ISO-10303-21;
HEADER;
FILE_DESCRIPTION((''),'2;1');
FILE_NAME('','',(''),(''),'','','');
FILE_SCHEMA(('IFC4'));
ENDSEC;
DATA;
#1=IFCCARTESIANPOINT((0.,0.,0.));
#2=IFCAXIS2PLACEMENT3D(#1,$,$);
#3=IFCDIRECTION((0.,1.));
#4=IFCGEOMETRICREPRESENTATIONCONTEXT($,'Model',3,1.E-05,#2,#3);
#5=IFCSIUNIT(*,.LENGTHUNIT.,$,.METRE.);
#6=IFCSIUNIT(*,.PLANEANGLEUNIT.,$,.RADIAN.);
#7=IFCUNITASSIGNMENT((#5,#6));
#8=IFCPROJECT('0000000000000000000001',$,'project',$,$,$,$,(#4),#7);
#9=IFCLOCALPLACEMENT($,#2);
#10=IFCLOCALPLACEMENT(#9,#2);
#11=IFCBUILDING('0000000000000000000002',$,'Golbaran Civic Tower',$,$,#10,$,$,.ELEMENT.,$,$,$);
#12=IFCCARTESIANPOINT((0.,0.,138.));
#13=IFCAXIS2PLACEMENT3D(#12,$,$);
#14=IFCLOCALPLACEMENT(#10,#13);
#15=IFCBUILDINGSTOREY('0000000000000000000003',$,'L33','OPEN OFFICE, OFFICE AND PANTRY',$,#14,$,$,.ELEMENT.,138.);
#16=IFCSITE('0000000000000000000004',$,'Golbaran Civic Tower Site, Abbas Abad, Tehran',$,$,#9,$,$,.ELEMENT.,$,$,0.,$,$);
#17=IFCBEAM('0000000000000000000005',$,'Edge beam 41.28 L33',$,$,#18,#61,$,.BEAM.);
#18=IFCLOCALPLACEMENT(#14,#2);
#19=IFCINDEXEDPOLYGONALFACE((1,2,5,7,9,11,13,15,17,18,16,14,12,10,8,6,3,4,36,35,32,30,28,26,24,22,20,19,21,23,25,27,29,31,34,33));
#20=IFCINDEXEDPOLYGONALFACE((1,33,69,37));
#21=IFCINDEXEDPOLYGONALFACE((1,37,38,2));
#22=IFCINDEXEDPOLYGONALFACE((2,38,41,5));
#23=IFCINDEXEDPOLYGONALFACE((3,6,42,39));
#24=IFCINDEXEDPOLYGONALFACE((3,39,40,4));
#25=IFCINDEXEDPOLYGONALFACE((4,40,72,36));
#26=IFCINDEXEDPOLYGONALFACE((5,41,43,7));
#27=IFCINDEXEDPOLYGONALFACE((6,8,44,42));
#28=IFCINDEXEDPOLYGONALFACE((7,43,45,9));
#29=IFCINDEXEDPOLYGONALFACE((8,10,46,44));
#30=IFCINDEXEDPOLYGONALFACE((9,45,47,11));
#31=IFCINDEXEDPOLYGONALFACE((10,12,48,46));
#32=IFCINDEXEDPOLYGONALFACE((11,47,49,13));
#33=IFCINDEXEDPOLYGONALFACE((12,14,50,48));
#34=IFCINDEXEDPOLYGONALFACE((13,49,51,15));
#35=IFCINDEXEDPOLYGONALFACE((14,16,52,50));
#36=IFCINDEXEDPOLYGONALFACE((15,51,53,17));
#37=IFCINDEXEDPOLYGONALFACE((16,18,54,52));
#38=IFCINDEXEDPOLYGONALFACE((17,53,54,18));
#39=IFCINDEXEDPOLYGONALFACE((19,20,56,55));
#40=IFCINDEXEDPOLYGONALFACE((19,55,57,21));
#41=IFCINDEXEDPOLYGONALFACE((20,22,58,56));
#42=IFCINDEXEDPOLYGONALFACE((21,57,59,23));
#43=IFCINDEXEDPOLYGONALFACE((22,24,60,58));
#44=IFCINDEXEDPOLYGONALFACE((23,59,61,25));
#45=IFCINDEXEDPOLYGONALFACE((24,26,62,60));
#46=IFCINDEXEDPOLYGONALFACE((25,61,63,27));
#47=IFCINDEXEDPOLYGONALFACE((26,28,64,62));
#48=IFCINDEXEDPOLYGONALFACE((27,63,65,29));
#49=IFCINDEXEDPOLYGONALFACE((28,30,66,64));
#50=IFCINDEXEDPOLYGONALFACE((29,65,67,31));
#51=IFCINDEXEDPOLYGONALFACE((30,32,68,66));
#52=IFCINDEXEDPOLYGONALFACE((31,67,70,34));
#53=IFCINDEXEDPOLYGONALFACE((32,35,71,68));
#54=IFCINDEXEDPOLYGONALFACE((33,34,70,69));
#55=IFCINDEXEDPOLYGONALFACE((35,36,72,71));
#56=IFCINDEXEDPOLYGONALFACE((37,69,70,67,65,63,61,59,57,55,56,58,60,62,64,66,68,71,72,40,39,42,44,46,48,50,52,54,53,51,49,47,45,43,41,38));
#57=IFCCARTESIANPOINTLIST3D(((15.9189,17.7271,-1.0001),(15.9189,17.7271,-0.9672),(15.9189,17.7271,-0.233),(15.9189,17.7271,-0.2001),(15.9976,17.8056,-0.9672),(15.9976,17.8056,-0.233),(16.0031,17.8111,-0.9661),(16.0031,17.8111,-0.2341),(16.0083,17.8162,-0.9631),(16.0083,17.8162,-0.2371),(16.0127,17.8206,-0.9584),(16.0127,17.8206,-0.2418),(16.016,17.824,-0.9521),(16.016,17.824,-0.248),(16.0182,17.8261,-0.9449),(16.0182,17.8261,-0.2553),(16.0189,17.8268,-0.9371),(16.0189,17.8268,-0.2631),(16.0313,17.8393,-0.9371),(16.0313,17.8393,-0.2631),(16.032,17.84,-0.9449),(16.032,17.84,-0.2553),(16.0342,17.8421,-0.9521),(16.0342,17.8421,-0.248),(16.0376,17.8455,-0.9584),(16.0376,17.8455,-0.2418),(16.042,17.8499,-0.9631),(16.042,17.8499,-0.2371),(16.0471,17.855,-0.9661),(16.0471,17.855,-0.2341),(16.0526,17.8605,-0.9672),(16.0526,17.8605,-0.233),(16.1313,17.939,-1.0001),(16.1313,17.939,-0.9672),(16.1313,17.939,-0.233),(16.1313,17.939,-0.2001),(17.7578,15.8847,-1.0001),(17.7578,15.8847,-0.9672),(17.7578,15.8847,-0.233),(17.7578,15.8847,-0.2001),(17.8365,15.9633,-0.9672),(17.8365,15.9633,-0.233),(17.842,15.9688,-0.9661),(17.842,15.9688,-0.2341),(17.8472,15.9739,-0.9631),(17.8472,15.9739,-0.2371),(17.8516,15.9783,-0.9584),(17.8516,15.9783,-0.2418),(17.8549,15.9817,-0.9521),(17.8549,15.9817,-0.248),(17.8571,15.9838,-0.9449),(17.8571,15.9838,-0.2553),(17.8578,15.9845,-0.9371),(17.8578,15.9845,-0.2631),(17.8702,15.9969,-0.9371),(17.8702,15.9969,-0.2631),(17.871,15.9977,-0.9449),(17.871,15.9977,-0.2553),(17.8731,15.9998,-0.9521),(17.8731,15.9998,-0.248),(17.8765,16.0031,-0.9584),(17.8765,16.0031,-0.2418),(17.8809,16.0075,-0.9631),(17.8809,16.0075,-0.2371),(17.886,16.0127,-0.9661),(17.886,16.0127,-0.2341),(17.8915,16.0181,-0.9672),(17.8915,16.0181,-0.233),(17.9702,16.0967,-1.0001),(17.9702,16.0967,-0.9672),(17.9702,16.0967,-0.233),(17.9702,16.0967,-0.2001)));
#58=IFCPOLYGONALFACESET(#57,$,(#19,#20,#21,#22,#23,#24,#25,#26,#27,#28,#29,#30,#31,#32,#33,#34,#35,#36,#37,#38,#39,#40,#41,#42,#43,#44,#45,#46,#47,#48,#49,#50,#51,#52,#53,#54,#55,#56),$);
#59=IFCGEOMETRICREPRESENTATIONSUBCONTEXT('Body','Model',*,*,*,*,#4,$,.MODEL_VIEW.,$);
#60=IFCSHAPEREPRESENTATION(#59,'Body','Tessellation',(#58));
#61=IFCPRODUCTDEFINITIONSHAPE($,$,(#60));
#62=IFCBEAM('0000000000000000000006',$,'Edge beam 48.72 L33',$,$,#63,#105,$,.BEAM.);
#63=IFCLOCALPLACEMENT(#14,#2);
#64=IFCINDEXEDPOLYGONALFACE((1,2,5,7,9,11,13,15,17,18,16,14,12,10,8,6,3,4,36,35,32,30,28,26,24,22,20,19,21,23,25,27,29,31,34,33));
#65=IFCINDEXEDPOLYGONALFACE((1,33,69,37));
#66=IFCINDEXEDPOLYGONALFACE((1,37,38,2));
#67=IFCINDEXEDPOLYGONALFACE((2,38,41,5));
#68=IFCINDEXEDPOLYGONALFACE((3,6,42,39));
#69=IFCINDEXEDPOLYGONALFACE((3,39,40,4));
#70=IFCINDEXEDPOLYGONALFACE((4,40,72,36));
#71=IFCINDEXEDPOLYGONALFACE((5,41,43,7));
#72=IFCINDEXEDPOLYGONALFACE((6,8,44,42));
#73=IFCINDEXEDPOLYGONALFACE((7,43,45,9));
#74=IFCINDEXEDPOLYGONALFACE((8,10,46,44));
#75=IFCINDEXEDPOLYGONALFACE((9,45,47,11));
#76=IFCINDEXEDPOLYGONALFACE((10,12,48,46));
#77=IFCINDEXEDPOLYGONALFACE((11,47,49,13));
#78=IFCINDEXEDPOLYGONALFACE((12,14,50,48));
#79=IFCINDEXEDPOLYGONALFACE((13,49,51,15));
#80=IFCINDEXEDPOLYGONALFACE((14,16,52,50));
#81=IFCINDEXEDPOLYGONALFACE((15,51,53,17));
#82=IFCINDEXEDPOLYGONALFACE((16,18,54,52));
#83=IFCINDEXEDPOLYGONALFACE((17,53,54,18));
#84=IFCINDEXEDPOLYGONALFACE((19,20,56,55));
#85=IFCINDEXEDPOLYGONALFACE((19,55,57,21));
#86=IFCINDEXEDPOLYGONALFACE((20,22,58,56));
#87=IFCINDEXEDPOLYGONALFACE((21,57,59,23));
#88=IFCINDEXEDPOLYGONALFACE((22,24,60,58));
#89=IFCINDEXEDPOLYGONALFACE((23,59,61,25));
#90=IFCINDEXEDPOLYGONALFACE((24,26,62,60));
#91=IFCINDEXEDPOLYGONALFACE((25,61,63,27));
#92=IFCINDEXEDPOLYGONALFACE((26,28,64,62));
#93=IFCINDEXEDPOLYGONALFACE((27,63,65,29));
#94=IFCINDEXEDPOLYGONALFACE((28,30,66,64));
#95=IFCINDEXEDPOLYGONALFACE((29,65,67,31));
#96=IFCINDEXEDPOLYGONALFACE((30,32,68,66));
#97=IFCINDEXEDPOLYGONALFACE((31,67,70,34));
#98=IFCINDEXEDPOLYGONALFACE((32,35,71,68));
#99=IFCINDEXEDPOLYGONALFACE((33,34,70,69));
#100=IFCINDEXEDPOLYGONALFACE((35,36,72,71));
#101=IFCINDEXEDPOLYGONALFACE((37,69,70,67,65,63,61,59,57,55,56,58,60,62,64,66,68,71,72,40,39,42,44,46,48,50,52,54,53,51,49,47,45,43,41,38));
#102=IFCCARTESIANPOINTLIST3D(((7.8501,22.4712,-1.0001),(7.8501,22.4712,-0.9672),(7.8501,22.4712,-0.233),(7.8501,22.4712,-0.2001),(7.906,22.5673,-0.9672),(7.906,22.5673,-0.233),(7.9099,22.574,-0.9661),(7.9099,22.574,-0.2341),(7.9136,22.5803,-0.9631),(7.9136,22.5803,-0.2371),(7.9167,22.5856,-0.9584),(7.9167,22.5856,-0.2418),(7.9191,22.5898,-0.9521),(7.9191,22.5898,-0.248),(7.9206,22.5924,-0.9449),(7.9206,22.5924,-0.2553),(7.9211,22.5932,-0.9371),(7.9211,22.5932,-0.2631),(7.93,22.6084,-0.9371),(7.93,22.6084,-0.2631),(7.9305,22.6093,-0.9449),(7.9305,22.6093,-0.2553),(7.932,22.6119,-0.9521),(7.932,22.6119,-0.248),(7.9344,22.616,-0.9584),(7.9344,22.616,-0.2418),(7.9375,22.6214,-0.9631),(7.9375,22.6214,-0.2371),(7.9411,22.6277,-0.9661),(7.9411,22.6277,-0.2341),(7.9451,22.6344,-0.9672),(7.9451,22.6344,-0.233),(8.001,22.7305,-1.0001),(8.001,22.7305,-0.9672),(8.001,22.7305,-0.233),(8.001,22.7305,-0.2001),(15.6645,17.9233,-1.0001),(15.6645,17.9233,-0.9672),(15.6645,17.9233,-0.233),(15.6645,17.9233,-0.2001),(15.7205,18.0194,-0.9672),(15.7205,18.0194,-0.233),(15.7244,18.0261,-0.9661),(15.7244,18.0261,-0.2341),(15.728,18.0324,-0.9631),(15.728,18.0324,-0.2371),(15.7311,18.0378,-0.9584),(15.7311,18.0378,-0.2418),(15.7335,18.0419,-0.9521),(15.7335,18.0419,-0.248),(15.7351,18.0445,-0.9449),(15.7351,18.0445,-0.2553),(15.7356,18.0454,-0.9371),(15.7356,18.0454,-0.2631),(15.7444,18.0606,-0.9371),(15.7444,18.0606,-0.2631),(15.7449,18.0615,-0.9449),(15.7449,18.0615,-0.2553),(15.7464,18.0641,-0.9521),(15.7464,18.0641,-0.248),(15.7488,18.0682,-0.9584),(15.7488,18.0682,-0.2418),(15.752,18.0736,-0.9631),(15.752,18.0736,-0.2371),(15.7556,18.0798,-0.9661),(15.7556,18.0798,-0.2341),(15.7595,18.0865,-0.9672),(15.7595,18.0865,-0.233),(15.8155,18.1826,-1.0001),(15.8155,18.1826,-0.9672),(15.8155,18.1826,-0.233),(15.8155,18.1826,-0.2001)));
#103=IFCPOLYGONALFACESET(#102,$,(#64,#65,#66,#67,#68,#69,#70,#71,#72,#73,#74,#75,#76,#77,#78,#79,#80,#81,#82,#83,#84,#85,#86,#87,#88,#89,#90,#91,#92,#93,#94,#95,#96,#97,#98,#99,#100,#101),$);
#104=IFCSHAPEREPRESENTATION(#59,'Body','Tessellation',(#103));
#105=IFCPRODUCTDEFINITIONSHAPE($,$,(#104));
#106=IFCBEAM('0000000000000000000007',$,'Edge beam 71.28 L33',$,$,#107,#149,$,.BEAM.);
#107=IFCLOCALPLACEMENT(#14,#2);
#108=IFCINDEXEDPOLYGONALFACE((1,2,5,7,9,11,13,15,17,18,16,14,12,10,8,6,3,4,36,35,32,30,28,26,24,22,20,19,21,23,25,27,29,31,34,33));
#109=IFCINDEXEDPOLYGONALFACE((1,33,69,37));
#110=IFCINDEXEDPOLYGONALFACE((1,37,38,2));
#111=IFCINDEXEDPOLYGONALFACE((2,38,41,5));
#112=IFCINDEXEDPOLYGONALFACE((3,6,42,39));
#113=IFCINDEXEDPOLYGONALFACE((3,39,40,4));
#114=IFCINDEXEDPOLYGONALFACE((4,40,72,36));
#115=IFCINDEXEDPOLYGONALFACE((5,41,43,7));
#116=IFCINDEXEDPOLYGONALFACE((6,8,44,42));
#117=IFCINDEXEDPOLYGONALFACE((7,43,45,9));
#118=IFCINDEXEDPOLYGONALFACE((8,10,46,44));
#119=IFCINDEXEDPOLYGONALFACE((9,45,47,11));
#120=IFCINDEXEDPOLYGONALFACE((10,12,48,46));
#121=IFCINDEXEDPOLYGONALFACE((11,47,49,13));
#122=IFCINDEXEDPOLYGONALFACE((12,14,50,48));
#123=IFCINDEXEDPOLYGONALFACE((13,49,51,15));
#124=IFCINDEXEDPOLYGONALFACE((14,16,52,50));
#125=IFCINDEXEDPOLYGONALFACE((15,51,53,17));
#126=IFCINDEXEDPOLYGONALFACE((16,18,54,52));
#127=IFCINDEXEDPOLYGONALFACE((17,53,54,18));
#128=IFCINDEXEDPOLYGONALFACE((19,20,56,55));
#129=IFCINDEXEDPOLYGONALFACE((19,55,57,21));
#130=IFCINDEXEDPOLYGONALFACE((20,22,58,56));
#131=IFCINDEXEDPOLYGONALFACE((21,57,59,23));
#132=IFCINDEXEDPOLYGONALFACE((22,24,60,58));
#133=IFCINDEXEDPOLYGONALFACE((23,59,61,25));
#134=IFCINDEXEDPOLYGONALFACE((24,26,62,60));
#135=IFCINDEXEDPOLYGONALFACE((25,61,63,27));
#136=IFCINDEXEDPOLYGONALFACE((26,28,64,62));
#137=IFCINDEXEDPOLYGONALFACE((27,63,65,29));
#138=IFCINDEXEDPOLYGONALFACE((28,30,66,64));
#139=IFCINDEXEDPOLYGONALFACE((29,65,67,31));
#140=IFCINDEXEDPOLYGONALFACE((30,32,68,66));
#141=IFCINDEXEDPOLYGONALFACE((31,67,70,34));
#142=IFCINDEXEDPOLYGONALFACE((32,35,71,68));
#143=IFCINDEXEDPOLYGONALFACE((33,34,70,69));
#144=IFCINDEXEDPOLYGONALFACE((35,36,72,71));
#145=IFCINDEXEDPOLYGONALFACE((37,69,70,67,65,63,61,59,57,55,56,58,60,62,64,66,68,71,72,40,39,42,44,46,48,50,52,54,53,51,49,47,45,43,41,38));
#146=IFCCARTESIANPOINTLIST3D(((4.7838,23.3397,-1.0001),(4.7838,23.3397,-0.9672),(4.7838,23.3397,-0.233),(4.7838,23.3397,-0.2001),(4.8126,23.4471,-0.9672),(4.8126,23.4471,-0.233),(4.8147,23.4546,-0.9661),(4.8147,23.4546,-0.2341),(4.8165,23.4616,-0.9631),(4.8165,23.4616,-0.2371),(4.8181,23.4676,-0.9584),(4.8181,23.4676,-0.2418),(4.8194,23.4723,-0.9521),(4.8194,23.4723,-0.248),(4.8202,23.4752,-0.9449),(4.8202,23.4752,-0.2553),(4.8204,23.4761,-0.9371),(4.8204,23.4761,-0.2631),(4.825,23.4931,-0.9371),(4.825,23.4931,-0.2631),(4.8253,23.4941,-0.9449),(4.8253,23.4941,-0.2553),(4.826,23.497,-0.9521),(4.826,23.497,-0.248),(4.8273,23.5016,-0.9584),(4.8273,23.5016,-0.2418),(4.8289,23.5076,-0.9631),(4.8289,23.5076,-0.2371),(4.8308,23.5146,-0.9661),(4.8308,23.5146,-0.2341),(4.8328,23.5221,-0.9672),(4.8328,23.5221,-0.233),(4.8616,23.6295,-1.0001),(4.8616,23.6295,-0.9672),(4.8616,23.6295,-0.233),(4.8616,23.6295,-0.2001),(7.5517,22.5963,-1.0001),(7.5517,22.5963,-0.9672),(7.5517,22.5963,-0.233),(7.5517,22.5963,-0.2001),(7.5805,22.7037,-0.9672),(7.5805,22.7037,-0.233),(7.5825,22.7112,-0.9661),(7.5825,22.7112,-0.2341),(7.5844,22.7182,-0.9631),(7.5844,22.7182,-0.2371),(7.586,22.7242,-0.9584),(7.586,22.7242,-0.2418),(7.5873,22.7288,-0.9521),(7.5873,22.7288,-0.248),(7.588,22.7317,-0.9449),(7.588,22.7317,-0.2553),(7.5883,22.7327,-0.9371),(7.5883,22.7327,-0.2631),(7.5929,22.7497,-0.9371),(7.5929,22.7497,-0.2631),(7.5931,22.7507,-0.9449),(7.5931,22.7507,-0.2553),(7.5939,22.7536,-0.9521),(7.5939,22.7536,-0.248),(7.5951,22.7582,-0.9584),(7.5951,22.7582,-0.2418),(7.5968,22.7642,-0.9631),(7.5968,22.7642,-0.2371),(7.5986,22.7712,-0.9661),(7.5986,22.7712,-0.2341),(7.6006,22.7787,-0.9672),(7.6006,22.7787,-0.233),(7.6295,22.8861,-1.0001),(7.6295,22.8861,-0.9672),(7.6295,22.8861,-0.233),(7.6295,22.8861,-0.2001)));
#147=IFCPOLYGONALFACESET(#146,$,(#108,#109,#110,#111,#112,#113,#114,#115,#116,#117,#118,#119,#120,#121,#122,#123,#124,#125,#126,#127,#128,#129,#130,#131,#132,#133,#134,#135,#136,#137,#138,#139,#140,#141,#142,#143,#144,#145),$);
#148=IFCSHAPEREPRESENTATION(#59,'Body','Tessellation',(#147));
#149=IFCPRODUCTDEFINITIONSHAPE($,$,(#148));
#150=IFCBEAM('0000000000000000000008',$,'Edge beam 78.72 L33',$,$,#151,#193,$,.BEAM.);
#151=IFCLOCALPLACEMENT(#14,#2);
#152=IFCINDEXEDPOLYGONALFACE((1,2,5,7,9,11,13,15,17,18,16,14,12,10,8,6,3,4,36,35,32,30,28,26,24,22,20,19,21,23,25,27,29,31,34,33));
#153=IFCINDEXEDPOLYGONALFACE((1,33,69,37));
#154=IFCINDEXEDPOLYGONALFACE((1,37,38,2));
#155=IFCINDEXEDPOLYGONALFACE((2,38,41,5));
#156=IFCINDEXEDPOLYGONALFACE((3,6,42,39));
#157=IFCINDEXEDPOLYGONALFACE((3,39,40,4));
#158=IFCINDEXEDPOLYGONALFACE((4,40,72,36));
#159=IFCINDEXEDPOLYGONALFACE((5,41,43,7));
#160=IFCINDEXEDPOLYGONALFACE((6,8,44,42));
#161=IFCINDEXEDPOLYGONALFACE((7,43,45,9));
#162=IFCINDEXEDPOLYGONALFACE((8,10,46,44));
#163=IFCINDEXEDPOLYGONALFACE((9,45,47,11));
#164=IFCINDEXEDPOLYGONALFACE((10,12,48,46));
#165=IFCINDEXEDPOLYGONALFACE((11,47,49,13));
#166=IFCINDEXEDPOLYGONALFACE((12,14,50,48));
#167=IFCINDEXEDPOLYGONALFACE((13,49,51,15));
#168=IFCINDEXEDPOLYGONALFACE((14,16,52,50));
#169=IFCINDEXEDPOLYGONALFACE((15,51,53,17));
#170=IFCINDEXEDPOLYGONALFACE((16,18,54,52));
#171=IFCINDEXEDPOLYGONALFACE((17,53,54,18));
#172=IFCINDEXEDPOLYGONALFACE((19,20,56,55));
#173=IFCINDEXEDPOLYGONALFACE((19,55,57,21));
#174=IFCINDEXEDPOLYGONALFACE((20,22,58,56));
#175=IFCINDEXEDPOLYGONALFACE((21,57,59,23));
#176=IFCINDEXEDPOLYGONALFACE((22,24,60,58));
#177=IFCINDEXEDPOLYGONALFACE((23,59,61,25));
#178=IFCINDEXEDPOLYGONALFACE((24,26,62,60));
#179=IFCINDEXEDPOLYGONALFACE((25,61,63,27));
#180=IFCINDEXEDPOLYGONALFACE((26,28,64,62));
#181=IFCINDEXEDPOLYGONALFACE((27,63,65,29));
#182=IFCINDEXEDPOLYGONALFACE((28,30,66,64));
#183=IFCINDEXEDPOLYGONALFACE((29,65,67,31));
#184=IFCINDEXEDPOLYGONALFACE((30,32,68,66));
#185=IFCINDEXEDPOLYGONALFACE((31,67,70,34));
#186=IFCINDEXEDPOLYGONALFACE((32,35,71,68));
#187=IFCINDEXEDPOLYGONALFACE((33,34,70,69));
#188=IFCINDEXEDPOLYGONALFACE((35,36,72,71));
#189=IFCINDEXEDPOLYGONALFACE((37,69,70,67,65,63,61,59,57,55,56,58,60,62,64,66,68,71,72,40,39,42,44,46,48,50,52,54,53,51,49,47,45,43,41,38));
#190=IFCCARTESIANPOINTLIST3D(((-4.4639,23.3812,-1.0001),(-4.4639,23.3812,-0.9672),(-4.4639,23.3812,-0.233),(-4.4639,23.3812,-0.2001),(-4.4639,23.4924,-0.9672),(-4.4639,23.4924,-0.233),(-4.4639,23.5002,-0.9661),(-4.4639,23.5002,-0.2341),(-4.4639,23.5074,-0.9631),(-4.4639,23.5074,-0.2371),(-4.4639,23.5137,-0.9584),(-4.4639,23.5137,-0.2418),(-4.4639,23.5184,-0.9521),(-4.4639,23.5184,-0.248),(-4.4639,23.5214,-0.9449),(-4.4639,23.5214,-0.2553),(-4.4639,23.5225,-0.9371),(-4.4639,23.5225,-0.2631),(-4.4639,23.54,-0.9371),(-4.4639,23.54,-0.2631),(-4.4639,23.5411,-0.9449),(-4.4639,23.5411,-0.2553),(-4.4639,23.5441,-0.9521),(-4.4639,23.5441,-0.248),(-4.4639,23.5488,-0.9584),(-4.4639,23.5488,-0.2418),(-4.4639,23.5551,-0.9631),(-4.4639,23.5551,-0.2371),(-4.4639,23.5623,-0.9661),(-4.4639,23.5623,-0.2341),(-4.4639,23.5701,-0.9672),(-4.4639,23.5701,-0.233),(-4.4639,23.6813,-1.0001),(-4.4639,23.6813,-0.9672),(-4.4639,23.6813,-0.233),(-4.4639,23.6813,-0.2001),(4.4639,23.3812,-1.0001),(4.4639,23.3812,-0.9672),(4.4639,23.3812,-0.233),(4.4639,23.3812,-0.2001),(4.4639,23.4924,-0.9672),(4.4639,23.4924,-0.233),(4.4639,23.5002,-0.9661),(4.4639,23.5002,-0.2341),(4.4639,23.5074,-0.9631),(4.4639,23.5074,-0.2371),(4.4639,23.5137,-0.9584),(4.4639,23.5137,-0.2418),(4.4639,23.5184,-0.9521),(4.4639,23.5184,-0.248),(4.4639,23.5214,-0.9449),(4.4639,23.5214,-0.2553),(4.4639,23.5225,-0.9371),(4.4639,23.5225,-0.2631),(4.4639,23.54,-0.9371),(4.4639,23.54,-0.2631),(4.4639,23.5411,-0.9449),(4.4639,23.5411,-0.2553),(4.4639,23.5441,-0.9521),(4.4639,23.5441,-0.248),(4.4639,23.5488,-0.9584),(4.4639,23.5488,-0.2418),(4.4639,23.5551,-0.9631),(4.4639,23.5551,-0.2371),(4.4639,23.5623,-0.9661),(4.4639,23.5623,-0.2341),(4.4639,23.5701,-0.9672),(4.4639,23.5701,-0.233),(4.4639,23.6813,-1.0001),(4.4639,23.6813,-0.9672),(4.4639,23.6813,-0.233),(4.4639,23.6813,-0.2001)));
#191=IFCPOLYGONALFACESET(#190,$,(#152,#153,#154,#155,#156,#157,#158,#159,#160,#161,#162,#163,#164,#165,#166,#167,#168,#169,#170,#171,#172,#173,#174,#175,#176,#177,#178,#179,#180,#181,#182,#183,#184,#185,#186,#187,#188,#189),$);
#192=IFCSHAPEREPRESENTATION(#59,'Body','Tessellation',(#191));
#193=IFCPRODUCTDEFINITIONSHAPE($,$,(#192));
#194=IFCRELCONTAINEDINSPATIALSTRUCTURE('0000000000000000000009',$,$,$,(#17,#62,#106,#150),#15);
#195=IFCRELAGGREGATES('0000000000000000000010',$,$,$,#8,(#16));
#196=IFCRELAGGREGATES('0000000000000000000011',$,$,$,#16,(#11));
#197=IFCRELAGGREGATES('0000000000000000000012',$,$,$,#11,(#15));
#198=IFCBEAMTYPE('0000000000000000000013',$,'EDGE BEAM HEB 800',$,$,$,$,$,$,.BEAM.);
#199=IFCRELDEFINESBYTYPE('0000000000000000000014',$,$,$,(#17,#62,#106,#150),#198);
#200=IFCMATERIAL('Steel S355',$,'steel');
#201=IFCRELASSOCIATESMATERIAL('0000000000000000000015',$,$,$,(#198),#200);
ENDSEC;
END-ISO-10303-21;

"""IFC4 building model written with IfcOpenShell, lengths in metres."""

from ifc_helpers import new_model, si_unit, direction, frame, origin, origin_2d, place, context, subcontext, project, spatial, i_section, extrude, material, material_profile, profile_set, type_object, element, save


model = new_model("IFC4")

# Units and contexts
model_context = context("Model", 3, precision=1e-05, world=origin(), true_north=direction((0.0, 1.0)))
body_context = subcontext(model_context, "Body", "Model", "MODEL_VIEW")
ifc_project = project(units=[si_unit("LENGTHUNIT", "METRE"), si_unit("PLANEANGLEUNIT", "RADIAN")], contexts=[model_context])

# Site, building, storey
site_placement = place(None, origin())
site = spatial("IfcSite", under=ifc_project, at=site_placement, Name="Golbaran Civic Tower Site, Abbas Abad, Tehran", CompositionType="ELEMENT", RefElevation=0.0)
building_placement = place(site_placement, origin())
building = spatial("IfcBuilding", under=site, at=building_placement, Name="Golbaran Civic Tower", CompositionType="ELEMENT")
storey_placement = place(building_placement, frame((0.0, 0.0, 138.0)))
storey = spatial("IfcBuildingStorey", under=building, at=storey_placement, Name="L33", Description="OPEN OFFICE, OFFICE AND PANTRY", CompositionType="ELEMENT", Elevation=138.0)

# Beams
ifc_material_1 = material(Name="Steel S355", Category="steel")
ifc_material_profile_1 = material_profile(ifc_material_1, i_section(OverallWidth=0.3, OverallDepth=0.8, WebThickness=0.0176, FlangeThickness=0.033, FilletRadius=0.03, at=origin_2d()), Name="HEB 800")
ifc_profile_set_1 = profile_set([ifc_material_profile_1], Name="Steel S355")
beam_type_1 = type_object("IfcBeamType", Name="EDGE BEAM HEB 800", PredefinedType="BEAM", material=ifc_profile_set_1)
beam_1_placement = place(storey_placement, frame((17.864, 15.9907, -0.6001), z_axis=(-0.70645, 0.707763, 0.0), x_axis=(-0.707763, -0.70645, 0.0)))
element("IfcBeam", 1, at=beam_1_placement, inside=storey, type_object=beam_type_1, Name="Edge beam 41.28 L33", PredefinedType="BEAM", context=body_context, shape_type="SweptSolid", body=[
    extrude(i_section(OverallWidth=0.3, OverallDepth=0.8, WebThickness=0.0176, FlangeThickness=0.033, FilletRadius=0.03, at=origin_2d()), origin(), (0.0, 0.0, 1.0), 2.603),
])
beam_2_placement = place(storey_placement, frame((15.74, 18.053, -0.6001), z_axis=(-0.864288, 0.502998, 0.0), x_axis=(-0.502998, -0.864288, 0.0)))
element("IfcBeam", 2, at=beam_2_placement, inside=storey, type_object=beam_type_1, Name="Edge beam 48.72 L33", PredefinedType="BEAM", context=body_context, shape_type="SweptSolid", body=[
    extrude(i_section(OverallWidth=0.3, OverallDepth=0.8, WebThickness=0.0176, FlangeThickness=0.033, FilletRadius=0.03, at=origin_2d()), origin(), (0.0, 0.0, 1.0), 9.0415),
])
beam_3_placement = place(storey_placement, frame((7.5906, 22.7412, -0.6001), z_axis=(-0.965771, 0.259396, 0.0), x_axis=(-0.259396, -0.965771, 0.0)))
element("IfcBeam", 3, at=beam_3_placement, inside=storey, type_object=beam_type_1, Name="Edge beam 71.28 L33", PredefinedType="BEAM", context=body_context, shape_type="SweptSolid", body=[
    extrude(i_section(OverallWidth=0.3, OverallDepth=0.8, WebThickness=0.0176, FlangeThickness=0.033, FilletRadius=0.03, at=origin_2d()), origin(), (0.0, 0.0, 1.0), 2.866),
])
beam_4_placement = place(storey_placement, frame((4.4639, 23.5312, -0.6001), z_axis=(-1.0, 0.0, 0.0), x_axis=(0.0, -1.0, 0.0)))
element("IfcBeam", 4, at=beam_4_placement, inside=storey, type_object=beam_type_1, Name="Edge beam 78.72 L33", PredefinedType="BEAM", context=body_context, shape_type="SweptSolid", body=[
    extrude(i_section(OverallWidth=0.3, OverallDepth=0.8, WebThickness=0.0176, FlangeThickness=0.033, FilletRadius=0.03, at=origin_2d()), origin(), (0.0, 0.0, 1.0), 8.9277),
])

save(model, "model.ifc")
